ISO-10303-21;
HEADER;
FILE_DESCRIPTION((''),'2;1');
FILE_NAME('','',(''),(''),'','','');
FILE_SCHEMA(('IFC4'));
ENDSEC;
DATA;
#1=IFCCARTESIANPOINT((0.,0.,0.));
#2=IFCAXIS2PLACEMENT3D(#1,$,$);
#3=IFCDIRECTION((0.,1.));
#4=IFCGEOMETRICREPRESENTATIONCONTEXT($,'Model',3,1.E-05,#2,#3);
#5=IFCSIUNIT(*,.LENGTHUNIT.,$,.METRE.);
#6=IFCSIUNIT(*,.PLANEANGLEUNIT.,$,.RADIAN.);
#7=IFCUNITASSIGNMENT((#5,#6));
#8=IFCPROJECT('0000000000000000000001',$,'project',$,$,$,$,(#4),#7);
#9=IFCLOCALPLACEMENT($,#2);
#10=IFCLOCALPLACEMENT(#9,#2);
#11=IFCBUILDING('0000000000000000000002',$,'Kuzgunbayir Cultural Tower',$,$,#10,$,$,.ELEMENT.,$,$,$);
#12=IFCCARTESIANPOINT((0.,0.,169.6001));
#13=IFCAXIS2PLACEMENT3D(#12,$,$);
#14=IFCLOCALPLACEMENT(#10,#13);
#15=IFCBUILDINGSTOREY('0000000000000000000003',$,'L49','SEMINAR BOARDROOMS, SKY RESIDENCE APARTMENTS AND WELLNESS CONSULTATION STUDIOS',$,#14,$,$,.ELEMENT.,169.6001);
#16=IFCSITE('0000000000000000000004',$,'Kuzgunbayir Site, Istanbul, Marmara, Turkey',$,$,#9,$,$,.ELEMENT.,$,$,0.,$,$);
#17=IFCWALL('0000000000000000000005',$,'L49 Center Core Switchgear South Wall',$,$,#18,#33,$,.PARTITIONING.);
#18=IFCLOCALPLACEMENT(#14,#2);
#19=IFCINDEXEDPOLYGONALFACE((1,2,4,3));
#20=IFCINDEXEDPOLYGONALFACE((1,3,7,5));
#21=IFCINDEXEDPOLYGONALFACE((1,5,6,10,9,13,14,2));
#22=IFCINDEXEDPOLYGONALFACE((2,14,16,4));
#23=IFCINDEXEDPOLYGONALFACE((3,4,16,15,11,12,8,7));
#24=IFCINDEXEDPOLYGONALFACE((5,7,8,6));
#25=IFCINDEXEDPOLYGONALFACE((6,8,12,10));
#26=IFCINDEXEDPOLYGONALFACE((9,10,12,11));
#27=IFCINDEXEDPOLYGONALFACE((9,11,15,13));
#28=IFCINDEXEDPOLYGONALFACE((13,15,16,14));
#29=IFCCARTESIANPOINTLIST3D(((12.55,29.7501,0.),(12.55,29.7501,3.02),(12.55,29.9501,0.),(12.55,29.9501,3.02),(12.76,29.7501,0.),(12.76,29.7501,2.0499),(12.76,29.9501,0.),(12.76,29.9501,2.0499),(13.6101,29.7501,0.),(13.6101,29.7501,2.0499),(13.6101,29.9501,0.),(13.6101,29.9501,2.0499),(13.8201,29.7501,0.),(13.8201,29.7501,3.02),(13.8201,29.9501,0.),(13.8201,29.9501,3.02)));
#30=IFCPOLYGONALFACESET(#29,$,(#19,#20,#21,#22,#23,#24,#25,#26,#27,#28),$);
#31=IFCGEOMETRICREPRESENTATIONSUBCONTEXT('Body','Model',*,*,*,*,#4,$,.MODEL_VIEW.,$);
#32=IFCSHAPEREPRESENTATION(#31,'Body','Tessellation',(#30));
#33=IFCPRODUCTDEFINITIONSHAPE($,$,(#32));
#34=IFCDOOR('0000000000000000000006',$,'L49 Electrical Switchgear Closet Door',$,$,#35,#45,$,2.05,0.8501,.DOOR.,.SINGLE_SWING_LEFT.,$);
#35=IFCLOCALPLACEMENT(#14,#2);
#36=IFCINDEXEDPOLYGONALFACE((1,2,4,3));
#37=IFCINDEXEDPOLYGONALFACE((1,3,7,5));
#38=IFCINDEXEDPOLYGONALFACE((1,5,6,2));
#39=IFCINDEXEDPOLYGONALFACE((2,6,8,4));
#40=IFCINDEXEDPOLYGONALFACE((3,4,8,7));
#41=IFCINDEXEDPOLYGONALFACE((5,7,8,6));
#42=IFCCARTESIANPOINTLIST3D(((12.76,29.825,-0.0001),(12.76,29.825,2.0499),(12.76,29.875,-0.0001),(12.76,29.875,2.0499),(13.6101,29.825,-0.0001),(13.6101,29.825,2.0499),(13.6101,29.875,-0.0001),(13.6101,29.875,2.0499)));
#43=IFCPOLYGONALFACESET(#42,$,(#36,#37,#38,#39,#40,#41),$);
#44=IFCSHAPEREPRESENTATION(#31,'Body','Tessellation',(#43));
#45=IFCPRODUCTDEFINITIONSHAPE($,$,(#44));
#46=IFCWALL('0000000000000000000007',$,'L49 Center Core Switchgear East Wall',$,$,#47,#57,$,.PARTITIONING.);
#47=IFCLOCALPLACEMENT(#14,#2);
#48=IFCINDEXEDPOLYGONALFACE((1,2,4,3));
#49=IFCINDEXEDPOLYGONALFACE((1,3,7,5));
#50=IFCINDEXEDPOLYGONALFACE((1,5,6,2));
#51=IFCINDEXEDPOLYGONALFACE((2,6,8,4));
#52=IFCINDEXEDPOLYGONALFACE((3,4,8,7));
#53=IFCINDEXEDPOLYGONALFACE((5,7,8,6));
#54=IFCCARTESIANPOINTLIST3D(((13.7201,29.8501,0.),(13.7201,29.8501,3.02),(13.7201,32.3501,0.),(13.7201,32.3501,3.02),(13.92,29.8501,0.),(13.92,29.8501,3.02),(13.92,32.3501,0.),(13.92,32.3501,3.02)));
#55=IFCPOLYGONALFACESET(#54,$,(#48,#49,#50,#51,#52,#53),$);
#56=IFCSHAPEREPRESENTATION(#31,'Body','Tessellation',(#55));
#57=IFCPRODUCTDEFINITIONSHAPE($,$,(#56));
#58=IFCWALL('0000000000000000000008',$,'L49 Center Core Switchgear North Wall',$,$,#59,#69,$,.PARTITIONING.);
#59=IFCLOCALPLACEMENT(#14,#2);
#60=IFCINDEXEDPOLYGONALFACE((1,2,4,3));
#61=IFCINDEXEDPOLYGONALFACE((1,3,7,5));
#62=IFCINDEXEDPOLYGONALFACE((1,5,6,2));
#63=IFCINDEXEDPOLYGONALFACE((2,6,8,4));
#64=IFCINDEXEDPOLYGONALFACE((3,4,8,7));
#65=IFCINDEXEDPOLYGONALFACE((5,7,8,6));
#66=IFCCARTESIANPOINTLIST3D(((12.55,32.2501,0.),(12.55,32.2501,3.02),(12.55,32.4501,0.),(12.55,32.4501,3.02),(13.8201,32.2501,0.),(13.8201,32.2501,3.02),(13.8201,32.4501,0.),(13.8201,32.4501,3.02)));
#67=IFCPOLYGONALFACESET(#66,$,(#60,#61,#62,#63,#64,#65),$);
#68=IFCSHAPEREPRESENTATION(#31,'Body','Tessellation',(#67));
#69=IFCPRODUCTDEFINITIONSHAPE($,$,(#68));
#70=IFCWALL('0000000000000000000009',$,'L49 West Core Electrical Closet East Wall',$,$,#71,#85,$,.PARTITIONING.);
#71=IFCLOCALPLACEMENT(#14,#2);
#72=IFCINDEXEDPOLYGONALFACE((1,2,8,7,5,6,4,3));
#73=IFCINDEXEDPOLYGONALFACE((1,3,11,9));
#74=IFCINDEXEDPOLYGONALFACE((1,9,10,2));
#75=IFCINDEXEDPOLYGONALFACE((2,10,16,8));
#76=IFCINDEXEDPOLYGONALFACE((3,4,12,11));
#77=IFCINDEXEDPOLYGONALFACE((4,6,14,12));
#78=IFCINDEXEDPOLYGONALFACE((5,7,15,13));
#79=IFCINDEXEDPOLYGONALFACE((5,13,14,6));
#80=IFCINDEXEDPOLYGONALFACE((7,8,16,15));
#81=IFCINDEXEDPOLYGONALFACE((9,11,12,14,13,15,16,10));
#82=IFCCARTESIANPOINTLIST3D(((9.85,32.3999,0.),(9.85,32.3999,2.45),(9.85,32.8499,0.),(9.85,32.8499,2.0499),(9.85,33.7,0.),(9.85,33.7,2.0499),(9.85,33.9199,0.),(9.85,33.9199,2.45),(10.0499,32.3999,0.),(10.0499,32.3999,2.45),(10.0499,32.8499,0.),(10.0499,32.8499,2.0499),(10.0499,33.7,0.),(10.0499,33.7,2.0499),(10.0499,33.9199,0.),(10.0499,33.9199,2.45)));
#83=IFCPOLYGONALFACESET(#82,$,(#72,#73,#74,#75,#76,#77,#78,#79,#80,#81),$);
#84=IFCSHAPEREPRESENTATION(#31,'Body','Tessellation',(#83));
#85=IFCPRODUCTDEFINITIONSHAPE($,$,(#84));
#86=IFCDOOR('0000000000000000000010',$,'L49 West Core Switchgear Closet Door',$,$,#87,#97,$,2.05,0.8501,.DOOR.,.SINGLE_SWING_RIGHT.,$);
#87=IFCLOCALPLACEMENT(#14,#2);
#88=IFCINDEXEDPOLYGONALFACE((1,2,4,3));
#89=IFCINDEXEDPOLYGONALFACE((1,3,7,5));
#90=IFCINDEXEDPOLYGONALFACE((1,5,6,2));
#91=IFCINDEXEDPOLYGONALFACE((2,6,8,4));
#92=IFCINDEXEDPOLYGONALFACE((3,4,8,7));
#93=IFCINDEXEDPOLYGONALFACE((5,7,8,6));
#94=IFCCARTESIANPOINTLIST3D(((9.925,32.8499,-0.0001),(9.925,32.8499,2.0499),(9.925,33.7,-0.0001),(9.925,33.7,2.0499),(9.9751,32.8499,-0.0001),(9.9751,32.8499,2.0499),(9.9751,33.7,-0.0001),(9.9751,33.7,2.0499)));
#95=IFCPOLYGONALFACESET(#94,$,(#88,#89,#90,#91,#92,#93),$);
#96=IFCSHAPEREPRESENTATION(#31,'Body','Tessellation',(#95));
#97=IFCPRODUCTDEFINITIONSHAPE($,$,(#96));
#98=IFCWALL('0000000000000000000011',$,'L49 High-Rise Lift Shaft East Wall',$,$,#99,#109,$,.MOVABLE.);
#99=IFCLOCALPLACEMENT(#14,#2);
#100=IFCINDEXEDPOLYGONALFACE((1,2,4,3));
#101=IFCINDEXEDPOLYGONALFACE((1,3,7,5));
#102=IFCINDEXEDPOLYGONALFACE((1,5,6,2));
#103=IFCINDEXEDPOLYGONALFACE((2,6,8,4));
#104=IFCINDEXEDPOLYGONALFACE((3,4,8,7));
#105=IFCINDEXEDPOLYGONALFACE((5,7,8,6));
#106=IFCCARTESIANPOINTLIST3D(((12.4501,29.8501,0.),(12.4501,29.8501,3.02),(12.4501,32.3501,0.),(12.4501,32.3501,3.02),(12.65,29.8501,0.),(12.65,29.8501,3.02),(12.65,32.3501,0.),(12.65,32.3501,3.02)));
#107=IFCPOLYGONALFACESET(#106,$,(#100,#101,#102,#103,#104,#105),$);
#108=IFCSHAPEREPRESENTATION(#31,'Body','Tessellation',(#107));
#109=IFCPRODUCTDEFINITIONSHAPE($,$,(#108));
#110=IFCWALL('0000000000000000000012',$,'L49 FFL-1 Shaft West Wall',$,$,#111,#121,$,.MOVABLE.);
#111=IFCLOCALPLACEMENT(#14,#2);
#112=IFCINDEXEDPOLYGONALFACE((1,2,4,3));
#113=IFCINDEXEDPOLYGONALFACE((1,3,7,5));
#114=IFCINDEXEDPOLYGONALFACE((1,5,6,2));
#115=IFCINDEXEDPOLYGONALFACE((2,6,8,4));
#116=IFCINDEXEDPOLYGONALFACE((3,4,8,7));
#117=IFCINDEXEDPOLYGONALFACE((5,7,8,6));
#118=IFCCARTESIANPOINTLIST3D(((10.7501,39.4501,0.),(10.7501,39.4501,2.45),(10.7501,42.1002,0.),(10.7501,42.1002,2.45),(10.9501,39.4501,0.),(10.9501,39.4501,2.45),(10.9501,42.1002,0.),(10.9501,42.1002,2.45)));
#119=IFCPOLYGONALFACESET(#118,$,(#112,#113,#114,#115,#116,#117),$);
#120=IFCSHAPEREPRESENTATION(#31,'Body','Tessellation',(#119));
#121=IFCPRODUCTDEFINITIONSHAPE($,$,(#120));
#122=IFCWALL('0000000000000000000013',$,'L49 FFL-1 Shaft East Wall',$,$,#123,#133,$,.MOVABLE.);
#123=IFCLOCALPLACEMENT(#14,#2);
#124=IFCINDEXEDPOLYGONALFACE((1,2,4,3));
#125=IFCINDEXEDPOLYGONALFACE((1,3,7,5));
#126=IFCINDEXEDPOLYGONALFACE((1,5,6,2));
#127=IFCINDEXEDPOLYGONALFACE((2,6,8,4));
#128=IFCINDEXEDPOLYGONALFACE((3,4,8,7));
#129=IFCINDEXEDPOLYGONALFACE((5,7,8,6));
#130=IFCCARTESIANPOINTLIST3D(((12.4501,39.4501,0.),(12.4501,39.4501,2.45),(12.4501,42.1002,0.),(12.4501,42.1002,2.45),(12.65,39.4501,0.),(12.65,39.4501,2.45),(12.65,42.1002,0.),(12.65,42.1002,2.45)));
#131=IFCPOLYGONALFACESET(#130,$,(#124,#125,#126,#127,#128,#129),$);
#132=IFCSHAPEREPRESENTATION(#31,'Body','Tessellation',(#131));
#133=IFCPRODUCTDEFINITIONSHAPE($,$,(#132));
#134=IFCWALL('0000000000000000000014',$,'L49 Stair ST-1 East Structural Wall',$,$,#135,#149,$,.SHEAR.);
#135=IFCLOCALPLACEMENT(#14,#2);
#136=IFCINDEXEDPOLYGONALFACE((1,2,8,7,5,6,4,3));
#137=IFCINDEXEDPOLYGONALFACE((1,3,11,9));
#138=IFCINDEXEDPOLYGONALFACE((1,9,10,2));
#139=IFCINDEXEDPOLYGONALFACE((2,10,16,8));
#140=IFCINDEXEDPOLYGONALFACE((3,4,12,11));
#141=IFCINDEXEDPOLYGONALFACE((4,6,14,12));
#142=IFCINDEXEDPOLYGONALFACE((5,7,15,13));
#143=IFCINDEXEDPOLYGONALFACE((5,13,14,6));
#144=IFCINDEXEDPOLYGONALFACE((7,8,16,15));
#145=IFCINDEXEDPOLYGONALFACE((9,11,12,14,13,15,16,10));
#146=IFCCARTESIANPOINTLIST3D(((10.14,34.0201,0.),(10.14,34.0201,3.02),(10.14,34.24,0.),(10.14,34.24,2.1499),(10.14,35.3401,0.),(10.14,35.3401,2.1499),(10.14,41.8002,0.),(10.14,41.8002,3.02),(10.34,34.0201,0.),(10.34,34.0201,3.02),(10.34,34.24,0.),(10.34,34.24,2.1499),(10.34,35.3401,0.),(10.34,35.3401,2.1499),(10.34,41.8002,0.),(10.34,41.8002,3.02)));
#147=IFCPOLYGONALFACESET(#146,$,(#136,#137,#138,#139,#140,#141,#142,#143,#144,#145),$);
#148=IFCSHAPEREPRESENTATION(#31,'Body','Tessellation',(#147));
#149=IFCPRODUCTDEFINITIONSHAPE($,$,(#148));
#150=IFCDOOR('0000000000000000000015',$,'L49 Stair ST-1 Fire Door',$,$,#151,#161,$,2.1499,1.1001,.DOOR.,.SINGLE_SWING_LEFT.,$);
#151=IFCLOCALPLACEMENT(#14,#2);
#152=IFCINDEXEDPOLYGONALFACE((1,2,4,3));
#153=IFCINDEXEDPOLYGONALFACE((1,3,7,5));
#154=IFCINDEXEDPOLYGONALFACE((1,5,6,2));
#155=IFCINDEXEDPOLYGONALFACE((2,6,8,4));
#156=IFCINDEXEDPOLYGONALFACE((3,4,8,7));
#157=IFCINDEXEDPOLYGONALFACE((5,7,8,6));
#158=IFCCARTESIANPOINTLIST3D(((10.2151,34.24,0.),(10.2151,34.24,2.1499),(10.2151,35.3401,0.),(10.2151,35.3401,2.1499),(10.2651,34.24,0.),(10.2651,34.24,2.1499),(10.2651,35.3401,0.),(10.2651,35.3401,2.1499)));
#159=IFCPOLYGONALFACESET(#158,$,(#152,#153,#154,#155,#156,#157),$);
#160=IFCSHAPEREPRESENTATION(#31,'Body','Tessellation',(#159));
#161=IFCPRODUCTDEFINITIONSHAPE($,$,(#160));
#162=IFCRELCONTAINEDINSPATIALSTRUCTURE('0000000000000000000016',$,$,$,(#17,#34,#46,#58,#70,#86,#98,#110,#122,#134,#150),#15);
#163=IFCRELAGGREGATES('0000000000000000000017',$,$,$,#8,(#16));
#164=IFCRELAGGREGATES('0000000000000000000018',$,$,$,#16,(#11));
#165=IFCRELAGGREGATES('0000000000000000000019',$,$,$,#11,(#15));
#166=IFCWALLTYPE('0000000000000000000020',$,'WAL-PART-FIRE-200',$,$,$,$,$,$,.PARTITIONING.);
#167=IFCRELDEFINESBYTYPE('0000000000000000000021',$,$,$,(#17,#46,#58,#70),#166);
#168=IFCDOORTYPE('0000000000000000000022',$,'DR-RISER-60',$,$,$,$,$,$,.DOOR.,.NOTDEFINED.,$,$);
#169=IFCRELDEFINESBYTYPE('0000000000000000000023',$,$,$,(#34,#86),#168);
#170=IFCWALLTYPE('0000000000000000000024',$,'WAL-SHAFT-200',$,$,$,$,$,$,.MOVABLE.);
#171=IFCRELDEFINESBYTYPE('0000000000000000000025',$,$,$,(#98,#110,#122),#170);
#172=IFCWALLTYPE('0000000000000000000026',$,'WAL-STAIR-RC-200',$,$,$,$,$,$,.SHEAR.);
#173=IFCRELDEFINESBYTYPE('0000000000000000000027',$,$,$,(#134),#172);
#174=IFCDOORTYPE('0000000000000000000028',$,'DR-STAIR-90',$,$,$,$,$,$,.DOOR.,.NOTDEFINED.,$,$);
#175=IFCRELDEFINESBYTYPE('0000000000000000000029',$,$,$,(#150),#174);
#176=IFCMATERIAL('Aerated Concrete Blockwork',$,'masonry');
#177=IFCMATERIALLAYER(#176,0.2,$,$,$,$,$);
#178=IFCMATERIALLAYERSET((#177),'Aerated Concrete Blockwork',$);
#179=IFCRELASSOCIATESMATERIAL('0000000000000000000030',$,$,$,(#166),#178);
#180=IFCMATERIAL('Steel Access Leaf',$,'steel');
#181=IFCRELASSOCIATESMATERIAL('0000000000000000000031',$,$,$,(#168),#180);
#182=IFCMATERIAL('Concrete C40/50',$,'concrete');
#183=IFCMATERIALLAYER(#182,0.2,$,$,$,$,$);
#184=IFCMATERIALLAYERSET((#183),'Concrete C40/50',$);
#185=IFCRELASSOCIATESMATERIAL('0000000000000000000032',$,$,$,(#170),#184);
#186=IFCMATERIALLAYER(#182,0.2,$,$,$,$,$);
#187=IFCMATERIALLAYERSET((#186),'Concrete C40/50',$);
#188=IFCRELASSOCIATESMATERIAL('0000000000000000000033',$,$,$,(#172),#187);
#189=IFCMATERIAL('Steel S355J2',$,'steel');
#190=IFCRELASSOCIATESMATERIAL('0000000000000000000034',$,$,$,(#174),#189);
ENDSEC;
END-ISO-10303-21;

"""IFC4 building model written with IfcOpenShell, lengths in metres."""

from ifc_helpers import new_model, si_unit, direction, frame, frame_2d, origin, place, context, subcontext, project, spatial, rectangle, extrude, material, layer, layer_set, type_object, element, fill, save


model = new_model("IFC4")

# Units and contexts
model_context = context("Model", 3, precision=1e-05, world=origin(), true_north=direction((0.0, 1.0)))
body_context = subcontext(model_context, "Body", "Model", "MODEL_VIEW")
ifc_project = project(units=[si_unit("LENGTHUNIT", "METRE"), si_unit("PLANEANGLEUNIT", "RADIAN")], contexts=[model_context])

# Site, building, storey
site_placement = place(None, origin())
site = spatial("IfcSite", under=ifc_project, at=site_placement, Name="Kuzgunbayir Site, Istanbul, Marmara, Turkey", CompositionType="ELEMENT", RefElevation=0.0)
building_placement = place(site_placement, origin())
building = spatial("IfcBuilding", under=site, at=building_placement, Name="Kuzgunbayir Cultural Tower", CompositionType="ELEMENT")
storey_placement = place(building_placement, frame((0.0, 0.0, 169.6001)))
storey = spatial("IfcBuildingStorey", under=building, at=storey_placement, Name="L49", Description="SEMINAR BOARDROOMS, SKY RESIDENCE APARTMENTS AND WELLNESS CONSULTATION STUDIOS", CompositionType="ELEMENT", Elevation=169.6001)

# Shared definitions
ifc_material_1 = material(Name="Steel S355J2", Category="steel")

# Shared definitions
ifc_material_2 = material(Name="Aerated Concrete Blockwork", Category="masonry")
ifc_layer_1 = layer(ifc_material_2, 0.2)
ifc_layer_set_1 = layer_set([ifc_layer_1], Name="Aerated Concrete Blockwork")
wall_type_1 = type_object("IfcWallType", Name="WAL-PART-FIRE-200", PredefinedType="PARTITIONING", material=ifc_layer_set_1)

# Wall, opening, door
wall_1_placement = place(storey_placement, frame((12.55, 29.8501, 0.0), z_axis=(0.0, 0.0, 1.0), x_axis=(1.0, 0.0, 0.0)))
wall_1 = element("IfcWall", 1, at=wall_1_placement, inside=storey, type_object=wall_type_1, Name="L49 Center Core Switchgear South Wall", PredefinedType="PARTITIONING", context=body_context, shape_type="SweptSolid", body=[
    extrude(rectangle(XDim=1.27, YDim=0.2, at=frame_2d((0.635, 0.0))), origin(), (0.0, 0.0, 1.0), 3.02),
])
opening_1_placement = place(wall_1_placement, frame((0.21, 0.0, 0.0)))
opening_1 = element("IfcOpeningElement", 2, at=opening_1_placement, cuts=wall_1, PredefinedType="OPENING", context=body_context, shape_type="SweptSolid", body=[
    extrude(rectangle(XDim=0.8501, YDim=2.05, at=frame_2d((0.425, 1.0249))), frame((0.0, 0.1099, 0.0), z_axis=(0.0, -1.0, 0.0), x_axis=(1.0, 0.0, 0.0)), (0.0, 0.0, 1.0), 0.22),
])
ifc_material_3 = material(Name="Steel Access Leaf", Category="steel")
door_type_1 = type_object("IfcDoorType", Name="DR-RISER-60", OperationType="NOTDEFINED", PredefinedType="DOOR", material=ifc_material_3)
door_1_placement = place(opening_1_placement, origin())
door_1 = element("IfcDoor", 3, at=door_1_placement, inside=storey, type_object=door_type_1, Name="L49 Electrical Switchgear Closet Door", OperationType="SINGLE_SWING_LEFT", OverallHeight=2.05, OverallWidth=0.8501, PredefinedType="DOOR", context=body_context, shape_type="SweptSolid", body=[
    extrude(rectangle(XDim=0.8501, YDim=2.05, at=frame_2d((0.425, 1.0249))), frame((0.0, 0.0249, 0.0), z_axis=(0.0, -1.0, 0.0), x_axis=(1.0, 0.0, 0.0)), (0.0, 0.0, 1.0), 0.05),
])
fill(opening_1, door_1)

# Walls
wall_2_placement = place(storey_placement, frame((13.8201, 29.8501, 0.0), z_axis=(0.0, 0.0, 1.0), x_axis=(0.0, 1.0, 0.0)))
element("IfcWall", 4, at=wall_2_placement, inside=storey, type_object=wall_type_1, Name="L49 Center Core Switchgear East Wall", PredefinedType="PARTITIONING", context=body_context, shape_type="SweptSolid", body=[
    extrude(rectangle(XDim=2.5, YDim=0.2, at=frame_2d((1.25, 0.0))), origin(), (0.0, 0.0, 1.0), 3.02),
])
wall_3_placement = place(storey_placement, frame((12.55, 32.3501, 0.0), z_axis=(0.0, 0.0, 1.0), x_axis=(1.0, 0.0, 0.0)))
element("IfcWall", 5, at=wall_3_placement, inside=storey, type_object=wall_type_1, Name="L49 Center Core Switchgear North Wall", PredefinedType="PARTITIONING", context=body_context, shape_type="SweptSolid", body=[
    extrude(rectangle(XDim=1.27, YDim=0.2, at=frame_2d((0.635, 0.0))), origin(), (0.0, 0.0, 1.0), 3.02),
])

# Wall, opening, door
wall_4_placement = place(storey_placement, frame((9.95, 32.3999, 0.0), z_axis=(0.0, 0.0, 1.0), x_axis=(0.0, 1.0, 0.0)))
wall_4 = element("IfcWall", 6, at=wall_4_placement, inside=storey, type_object=wall_type_1, Name="L49 West Core Electrical Closet East Wall", PredefinedType="PARTITIONING", context=body_context, shape_type="SweptSolid", body=[
    extrude(rectangle(XDim=1.52, YDim=0.2, at=frame_2d((0.76, 0.0))), origin(), (0.0, 0.0, 1.0), 2.45),
])
opening_2_placement = place(wall_4_placement, frame((0.45, 0.0, 0.0)))
opening_2 = element("IfcOpeningElement", 7, at=opening_2_placement, cuts=wall_4, PredefinedType="OPENING", context=body_context, shape_type="SweptSolid", body=[
    extrude(rectangle(XDim=0.8501, YDim=2.05, at=frame_2d((0.425, 1.0249))), frame((0.0, 0.1099, 0.0), z_axis=(0.0, -1.0, 0.0), x_axis=(1.0, 0.0, 0.0)), (0.0, 0.0, 1.0), 0.22),
])
door_2_placement = place(opening_2_placement, origin())
door_2 = element("IfcDoor", 8, at=door_2_placement, inside=storey, type_object=door_type_1, Name="L49 West Core Switchgear Closet Door", OperationType="SINGLE_SWING_RIGHT", OverallHeight=2.05, OverallWidth=0.8501, PredefinedType="DOOR", context=body_context, shape_type="SweptSolid", body=[
    extrude(rectangle(XDim=0.8501, YDim=2.05, at=frame_2d((0.425, 1.0249))), frame((0.0, 0.0249, 0.0), z_axis=(0.0, -1.0, 0.0), x_axis=(1.0, 0.0, 0.0)), (0.0, 0.0, 1.0), 0.05),
])
fill(opening_2, door_2)

# Wall
ifc_material_4 = material(Name="Concrete C40/50", Category="concrete")
ifc_layer_2 = layer(ifc_material_4, 0.2)
ifc_layer_set_2 = layer_set([ifc_layer_2], Name="Concrete C40/50")
wall_type_2 = type_object("IfcWallType", Name="WAL-SHAFT-200", PredefinedType="MOVABLE", material=ifc_layer_set_2)
wall_5_placement = place(storey_placement, frame((12.55, 29.8501, 0.0), z_axis=(0.0, 0.0, 1.0), x_axis=(0.0, 1.0, 0.0)))
element("IfcWall", 9, at=wall_5_placement, inside=storey, type_object=wall_type_2, Name="L49 High-Rise Lift Shaft East Wall", PredefinedType="MOVABLE", context=body_context, shape_type="SweptSolid", body=[
    extrude(rectangle(XDim=2.5, YDim=0.2, at=frame_2d((1.25, 0.0))), origin(), (0.0, 0.0, 1.0), 3.02),
])

# Walls
for number, where, z_axis, x_axis, name in (
    (10, (10.8501, 39.45, 0.0), (0.0, 0.0, 1.0), (0.0, 1.0, 0.0), "L49 FFL-1 Shaft West Wall"),
    (11, (12.55, 39.45, 0.0), (0.0, 0.0, 1.0), (0.0, 1.0, 0.0), "L49 FFL-1 Shaft East Wall"),
):
    element("IfcWall", number, at=place(storey_placement, frame(where, z_axis=z_axis, x_axis=x_axis)), inside=storey, type_object=wall_type_2, Name=name, PredefinedType="MOVABLE", context=body_context, shape_type="SweptSolid", body=[
        extrude(rectangle(XDim=2.6501, YDim=0.2, at=frame_2d((1.3252, 0.0))), origin(), (0.0, 0.0, 1.0), 2.45),
    ])

# Wall, opening, door
ifc_layer_3 = layer(ifc_material_4, 0.2)
ifc_layer_set_3 = layer_set([ifc_layer_3], Name="Concrete C40/50")
wall_type_3 = type_object("IfcWallType", Name="WAL-STAIR-RC-200", PredefinedType="SHEAR", material=ifc_layer_set_3)
wall_6_placement = place(storey_placement, frame((10.24, 34.02, 0.0), z_axis=(0.0, 0.0, 1.0), x_axis=(0.0, 1.0, 0.0)))
wall_6 = element("IfcWall", 12, at=wall_6_placement, inside=storey, type_object=wall_type_3, Name="L49 Stair ST-1 East Structural Wall", PredefinedType="SHEAR", context=body_context, shape_type="SweptSolid", body=[
    extrude(rectangle(XDim=7.78, YDim=0.2, at=frame_2d((3.8901, 0.0))), origin(), (0.0, 0.0, 1.0), 3.02),
])
opening_3_placement = place(wall_6_placement, frame((0.22, 0.0, 0.0)))
opening_3 = element("IfcOpeningElement", 13, at=opening_3_placement, cuts=wall_6, PredefinedType="OPENING", context=body_context, shape_type="SweptSolid", body=[
    extrude(rectangle(XDim=1.1001, YDim=2.1499, at=frame_2d((0.55, 1.075))), frame((0.0, 0.1099, 0.0), z_axis=(0.0, -1.0, 0.0), x_axis=(1.0, 0.0, 0.0)), (0.0, 0.0, 1.0), 0.22),
])
door_type_2 = type_object("IfcDoorType", Name="DR-STAIR-90", OperationType="NOTDEFINED", PredefinedType="DOOR", material=ifc_material_1)
door_3_placement = place(opening_3_placement, origin())
door_3 = element("IfcDoor", 14, at=door_3_placement, inside=storey, type_object=door_type_2, Name="L49 Stair ST-1 Fire Door", OperationType="SINGLE_SWING_LEFT", OverallHeight=2.1499, OverallWidth=1.1001, PredefinedType="DOOR", context=body_context, shape_type="SweptSolid", body=[
    extrude(rectangle(XDim=1.1001, YDim=2.1499, at=frame_2d((0.55, 1.075))), frame((0.0, 0.0249, 0.0), z_axis=(0.0, -1.0, 0.0), x_axis=(1.0, 0.0, 0.0)), (0.0, 0.0, 1.0), 0.05),
])
fill(opening_3, door_3)

save(model, "model.ifc")
